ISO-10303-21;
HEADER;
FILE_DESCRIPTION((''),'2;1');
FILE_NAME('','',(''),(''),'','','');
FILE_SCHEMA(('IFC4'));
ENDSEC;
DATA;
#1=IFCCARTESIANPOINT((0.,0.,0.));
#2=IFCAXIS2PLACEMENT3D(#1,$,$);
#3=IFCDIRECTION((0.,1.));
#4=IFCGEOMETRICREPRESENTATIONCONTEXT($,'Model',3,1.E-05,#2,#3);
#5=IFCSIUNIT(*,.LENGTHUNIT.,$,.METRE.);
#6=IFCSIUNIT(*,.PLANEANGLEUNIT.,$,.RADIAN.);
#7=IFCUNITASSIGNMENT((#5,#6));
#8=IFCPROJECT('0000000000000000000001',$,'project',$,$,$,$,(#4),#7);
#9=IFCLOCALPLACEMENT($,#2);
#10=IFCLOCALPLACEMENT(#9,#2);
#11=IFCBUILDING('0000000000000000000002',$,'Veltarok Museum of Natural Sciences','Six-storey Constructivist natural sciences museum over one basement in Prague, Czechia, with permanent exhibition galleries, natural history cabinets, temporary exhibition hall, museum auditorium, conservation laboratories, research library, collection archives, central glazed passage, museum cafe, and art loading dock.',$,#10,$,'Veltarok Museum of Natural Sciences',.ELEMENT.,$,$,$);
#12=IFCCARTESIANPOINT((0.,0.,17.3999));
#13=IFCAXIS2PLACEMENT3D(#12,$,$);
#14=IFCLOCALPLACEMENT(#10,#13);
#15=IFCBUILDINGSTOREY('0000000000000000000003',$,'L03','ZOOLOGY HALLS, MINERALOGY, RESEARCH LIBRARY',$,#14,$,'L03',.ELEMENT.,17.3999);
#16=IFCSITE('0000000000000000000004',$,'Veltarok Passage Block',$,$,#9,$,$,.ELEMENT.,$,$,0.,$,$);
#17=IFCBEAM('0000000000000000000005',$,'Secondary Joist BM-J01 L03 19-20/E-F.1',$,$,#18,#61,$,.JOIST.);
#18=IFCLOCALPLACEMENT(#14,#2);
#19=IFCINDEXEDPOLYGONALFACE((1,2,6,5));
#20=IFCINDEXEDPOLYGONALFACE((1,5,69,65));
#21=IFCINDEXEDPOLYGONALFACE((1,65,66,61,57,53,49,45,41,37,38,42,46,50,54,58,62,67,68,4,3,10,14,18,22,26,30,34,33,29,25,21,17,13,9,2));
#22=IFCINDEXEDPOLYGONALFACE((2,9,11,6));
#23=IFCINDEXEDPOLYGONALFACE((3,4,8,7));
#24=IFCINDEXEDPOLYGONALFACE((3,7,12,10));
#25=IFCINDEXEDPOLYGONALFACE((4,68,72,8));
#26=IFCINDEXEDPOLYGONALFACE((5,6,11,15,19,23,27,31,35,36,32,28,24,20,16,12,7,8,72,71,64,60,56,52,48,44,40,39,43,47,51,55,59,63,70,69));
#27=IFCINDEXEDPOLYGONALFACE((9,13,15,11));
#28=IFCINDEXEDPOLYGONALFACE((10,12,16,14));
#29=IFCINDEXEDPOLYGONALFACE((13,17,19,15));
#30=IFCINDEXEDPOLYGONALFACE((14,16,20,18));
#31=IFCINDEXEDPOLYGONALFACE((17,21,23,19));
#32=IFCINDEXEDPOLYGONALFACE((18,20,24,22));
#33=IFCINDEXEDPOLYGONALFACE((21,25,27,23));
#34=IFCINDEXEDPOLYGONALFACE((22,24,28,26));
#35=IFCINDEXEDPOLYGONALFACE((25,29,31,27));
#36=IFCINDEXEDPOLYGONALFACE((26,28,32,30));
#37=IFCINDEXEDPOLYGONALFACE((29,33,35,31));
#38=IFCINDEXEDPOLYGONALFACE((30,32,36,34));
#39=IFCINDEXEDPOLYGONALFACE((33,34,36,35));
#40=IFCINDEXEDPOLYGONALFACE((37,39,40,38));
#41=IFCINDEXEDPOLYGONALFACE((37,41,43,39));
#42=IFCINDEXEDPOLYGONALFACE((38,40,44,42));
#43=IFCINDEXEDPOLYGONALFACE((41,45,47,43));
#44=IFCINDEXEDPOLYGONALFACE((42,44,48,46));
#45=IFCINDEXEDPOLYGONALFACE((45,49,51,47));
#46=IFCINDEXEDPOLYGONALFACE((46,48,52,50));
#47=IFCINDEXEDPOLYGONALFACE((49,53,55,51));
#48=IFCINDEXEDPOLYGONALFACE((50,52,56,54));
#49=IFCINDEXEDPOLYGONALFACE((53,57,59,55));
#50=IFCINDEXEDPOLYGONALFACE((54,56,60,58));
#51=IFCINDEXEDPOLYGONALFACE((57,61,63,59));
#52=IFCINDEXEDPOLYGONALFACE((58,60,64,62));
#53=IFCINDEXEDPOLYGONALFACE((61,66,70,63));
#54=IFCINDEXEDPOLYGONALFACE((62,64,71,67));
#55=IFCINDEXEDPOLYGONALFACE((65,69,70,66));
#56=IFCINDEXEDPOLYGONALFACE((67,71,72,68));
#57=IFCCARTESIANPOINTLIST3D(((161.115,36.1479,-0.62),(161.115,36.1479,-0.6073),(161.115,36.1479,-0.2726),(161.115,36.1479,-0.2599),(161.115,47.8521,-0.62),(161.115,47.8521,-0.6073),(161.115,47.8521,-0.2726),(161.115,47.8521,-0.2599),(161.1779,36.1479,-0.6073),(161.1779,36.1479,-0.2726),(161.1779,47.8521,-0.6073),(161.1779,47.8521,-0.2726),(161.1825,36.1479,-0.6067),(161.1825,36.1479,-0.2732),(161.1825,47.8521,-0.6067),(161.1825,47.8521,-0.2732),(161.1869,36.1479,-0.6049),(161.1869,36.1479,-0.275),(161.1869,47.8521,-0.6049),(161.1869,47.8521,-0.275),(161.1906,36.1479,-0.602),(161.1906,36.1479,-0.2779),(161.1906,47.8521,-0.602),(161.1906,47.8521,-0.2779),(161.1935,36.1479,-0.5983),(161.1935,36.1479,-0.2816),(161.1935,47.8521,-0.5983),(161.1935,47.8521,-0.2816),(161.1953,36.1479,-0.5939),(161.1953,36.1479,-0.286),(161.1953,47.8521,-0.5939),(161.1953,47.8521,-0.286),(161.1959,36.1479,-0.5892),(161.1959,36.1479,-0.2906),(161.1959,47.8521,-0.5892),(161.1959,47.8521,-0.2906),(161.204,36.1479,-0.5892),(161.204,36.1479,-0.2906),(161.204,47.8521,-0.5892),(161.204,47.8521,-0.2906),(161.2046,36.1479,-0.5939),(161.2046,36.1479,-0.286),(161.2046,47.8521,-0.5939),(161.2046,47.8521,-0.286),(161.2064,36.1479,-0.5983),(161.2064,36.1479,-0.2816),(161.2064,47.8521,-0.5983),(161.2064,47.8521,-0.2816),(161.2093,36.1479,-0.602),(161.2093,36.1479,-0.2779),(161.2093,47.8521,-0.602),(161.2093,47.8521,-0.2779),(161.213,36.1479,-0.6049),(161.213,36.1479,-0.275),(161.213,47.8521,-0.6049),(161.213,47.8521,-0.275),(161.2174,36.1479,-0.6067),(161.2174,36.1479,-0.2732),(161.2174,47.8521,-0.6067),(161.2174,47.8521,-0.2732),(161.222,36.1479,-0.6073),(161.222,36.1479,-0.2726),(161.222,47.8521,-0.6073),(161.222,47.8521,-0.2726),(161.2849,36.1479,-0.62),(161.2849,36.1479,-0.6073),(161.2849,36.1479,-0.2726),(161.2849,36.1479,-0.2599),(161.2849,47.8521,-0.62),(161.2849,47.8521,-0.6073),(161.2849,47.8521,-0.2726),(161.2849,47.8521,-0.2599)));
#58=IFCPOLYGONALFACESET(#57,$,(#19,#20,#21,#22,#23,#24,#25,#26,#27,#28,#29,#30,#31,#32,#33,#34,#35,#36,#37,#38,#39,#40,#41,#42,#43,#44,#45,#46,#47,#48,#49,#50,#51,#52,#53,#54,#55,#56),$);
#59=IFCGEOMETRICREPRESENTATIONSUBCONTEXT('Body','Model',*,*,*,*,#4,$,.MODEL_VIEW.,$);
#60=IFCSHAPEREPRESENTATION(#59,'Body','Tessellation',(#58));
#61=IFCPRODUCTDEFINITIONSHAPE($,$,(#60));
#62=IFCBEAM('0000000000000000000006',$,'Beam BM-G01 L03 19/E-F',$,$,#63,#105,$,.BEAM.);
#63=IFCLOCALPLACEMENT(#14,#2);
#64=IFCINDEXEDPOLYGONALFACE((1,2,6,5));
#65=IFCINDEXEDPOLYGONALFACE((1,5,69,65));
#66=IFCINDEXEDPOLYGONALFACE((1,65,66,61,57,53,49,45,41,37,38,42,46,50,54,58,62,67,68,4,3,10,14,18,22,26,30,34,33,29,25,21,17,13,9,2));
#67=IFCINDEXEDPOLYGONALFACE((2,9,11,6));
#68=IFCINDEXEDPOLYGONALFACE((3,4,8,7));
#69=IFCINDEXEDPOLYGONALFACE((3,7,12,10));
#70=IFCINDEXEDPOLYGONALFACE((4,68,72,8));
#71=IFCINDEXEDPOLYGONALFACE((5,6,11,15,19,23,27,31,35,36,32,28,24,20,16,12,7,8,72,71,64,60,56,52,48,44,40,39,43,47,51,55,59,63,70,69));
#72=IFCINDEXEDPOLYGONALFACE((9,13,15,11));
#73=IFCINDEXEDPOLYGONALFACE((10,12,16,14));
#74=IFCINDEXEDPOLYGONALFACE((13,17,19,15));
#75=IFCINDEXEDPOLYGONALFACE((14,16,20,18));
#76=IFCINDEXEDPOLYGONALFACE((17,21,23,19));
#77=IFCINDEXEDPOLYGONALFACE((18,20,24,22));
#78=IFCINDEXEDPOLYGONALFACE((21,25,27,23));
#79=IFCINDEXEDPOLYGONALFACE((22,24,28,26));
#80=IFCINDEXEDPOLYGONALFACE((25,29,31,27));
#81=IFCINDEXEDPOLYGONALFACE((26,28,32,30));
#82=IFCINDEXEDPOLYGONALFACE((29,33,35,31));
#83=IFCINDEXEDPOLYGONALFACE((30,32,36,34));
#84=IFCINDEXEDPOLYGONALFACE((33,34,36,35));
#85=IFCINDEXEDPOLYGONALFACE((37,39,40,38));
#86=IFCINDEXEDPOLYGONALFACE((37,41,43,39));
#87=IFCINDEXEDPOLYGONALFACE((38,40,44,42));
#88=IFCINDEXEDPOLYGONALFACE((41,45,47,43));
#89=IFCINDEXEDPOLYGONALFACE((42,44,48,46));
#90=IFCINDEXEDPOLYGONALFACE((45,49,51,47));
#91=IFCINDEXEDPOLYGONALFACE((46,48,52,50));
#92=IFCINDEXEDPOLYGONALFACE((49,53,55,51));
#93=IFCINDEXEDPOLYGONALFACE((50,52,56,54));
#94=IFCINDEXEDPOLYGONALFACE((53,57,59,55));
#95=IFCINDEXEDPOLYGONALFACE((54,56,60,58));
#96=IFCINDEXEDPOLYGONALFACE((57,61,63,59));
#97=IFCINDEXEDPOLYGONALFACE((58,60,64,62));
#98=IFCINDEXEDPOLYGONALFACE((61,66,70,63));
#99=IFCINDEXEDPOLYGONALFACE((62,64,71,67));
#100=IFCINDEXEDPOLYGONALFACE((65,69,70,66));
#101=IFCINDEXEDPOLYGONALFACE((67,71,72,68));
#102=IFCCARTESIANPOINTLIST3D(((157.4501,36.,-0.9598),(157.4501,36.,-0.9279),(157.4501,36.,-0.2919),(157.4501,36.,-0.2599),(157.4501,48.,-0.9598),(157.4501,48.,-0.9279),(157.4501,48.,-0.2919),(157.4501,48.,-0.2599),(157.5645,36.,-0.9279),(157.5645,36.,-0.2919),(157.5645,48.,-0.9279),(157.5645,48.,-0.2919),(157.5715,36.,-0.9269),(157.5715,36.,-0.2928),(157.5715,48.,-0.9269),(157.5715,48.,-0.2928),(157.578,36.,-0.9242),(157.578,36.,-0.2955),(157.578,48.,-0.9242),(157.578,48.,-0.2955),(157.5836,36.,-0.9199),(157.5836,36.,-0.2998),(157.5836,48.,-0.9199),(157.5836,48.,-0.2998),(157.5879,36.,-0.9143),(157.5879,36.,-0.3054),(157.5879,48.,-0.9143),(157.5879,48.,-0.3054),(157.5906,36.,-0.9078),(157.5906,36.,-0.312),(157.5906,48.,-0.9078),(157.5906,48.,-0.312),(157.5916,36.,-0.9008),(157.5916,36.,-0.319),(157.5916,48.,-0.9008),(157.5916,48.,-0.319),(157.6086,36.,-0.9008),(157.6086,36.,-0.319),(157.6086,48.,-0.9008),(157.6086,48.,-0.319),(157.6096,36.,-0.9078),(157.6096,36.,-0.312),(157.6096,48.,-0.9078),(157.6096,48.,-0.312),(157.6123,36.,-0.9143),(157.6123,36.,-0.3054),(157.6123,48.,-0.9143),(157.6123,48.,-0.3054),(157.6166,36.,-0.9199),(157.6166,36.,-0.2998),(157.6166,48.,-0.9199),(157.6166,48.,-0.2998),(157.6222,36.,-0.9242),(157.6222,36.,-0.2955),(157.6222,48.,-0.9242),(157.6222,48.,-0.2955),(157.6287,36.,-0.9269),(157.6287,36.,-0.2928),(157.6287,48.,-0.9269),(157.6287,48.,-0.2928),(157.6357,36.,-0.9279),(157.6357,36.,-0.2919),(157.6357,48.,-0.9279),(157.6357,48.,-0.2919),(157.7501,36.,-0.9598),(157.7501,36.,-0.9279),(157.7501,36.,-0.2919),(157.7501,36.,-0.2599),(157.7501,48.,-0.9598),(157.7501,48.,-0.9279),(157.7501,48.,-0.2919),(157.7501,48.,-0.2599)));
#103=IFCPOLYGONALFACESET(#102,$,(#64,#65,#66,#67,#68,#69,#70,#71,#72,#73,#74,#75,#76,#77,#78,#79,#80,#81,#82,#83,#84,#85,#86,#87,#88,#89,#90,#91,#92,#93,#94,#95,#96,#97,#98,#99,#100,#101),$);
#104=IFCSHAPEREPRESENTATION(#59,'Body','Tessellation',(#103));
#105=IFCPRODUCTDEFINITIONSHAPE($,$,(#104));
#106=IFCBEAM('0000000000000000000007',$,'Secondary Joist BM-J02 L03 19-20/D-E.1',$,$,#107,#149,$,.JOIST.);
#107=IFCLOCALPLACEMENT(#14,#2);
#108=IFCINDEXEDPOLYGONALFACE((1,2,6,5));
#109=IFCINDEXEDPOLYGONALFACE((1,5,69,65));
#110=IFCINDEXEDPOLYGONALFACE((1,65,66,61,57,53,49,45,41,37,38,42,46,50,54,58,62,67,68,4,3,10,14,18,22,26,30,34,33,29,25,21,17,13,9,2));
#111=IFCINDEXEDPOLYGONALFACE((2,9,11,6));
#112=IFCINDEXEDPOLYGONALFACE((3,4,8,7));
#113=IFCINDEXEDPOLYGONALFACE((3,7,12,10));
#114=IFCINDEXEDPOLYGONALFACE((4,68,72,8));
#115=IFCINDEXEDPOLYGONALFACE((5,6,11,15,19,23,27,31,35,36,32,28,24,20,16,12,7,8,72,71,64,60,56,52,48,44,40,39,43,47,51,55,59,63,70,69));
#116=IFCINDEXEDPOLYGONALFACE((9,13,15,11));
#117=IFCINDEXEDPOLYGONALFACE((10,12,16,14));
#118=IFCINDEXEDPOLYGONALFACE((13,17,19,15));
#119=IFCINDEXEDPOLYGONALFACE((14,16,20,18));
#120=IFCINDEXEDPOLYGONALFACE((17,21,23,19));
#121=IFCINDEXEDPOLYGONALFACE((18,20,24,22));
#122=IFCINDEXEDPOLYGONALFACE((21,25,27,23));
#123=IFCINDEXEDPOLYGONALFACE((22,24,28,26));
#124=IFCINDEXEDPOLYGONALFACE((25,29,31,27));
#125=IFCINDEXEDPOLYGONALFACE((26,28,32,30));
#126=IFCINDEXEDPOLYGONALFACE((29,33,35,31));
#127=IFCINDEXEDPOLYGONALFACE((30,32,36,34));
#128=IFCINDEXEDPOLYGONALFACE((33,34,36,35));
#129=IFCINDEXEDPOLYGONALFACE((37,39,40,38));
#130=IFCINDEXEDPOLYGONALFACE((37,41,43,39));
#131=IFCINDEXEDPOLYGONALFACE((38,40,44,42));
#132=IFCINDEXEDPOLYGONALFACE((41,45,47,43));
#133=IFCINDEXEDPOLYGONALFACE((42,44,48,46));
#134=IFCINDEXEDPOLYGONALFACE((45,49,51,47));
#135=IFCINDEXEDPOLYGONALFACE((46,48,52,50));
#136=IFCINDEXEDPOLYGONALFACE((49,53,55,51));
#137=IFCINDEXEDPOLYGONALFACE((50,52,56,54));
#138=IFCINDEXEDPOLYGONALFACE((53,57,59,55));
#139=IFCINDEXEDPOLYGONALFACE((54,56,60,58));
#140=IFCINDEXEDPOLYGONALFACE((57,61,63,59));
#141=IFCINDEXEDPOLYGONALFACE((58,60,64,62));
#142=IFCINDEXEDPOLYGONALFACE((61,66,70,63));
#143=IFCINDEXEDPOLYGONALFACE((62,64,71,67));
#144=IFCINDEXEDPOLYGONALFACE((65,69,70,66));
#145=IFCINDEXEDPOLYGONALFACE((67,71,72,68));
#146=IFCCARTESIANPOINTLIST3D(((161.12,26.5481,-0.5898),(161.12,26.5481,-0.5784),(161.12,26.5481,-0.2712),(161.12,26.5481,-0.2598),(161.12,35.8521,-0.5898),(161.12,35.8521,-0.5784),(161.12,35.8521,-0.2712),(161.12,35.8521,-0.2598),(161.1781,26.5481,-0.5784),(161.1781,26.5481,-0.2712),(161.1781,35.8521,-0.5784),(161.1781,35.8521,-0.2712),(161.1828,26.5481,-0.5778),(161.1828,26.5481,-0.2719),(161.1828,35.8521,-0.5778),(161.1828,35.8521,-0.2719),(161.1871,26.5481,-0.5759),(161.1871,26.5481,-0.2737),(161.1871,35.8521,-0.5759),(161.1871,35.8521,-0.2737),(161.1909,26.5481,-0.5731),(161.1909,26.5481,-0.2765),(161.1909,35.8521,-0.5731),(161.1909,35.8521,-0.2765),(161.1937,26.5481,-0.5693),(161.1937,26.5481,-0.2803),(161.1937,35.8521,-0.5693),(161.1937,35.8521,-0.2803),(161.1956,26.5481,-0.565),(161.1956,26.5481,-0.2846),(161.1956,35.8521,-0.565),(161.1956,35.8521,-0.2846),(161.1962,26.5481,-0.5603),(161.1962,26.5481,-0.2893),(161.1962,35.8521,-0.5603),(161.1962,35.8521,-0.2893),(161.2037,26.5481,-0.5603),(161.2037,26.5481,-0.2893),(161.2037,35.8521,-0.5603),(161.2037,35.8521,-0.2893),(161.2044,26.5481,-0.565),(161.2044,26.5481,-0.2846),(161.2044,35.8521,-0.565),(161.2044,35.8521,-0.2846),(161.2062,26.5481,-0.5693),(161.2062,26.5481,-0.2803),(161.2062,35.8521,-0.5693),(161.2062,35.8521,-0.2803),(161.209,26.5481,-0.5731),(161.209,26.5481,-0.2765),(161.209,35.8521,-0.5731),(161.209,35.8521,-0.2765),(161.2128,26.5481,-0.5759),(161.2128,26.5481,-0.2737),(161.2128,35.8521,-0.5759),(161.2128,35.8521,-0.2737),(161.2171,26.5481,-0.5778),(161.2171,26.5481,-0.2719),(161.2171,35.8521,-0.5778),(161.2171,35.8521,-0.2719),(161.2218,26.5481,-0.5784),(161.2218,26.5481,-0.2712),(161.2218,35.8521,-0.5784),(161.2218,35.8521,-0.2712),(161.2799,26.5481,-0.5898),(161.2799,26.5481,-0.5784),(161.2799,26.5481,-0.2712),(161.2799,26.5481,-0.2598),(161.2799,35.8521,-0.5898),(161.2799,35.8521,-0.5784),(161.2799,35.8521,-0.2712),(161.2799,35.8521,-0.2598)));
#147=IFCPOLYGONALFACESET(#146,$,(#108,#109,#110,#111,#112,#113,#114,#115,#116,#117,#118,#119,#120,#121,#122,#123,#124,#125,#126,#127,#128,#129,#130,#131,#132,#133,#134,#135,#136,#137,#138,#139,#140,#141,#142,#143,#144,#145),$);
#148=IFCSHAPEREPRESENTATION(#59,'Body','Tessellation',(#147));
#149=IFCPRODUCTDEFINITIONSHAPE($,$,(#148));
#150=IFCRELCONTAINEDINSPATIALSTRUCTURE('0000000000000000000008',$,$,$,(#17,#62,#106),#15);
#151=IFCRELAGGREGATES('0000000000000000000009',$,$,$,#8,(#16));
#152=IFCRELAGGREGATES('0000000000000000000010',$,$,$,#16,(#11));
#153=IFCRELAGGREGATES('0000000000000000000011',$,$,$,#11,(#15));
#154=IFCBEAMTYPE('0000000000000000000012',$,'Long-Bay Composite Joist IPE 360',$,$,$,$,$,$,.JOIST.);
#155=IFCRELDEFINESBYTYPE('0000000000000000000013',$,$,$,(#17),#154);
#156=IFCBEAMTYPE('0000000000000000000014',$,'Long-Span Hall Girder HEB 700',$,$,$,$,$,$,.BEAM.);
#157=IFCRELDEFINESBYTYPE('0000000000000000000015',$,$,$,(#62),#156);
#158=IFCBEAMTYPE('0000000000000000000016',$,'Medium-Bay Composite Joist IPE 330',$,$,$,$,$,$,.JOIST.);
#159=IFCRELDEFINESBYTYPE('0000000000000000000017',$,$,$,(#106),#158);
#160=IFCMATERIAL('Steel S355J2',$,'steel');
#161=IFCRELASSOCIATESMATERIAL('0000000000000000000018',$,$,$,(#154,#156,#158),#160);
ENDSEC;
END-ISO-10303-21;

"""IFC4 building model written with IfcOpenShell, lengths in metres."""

from ifc_helpers import new_model, si_unit, direction, frame, origin, origin_2d, place, context, subcontext, project, spatial, i_section, extrude, material, material_profile, profile_set, type_object, element, save


model = new_model("IFC4")

# Units and contexts
model_context = context("Model", 3, precision=1e-05, world=origin(), true_north=direction((0.0, 1.0)))
body_context = subcontext(model_context, "Body", "Model", "MODEL_VIEW")
ifc_project = project(units=[si_unit("LENGTHUNIT", "METRE"), si_unit("PLANEANGLEUNIT", "RADIAN")], contexts=[model_context])

# Site, building, storey
site_placement = place(None, origin())
site = spatial("IfcSite", under=ifc_project, at=site_placement, Name="Veltarok Passage Block", CompositionType="ELEMENT", RefElevation=0.0)
building_placement = place(site_placement, origin())
building = spatial("IfcBuilding", under=site, at=building_placement, Name="Veltarok Museum of Natural Sciences", Description="Six-storey Constructivist natural sciences museum over one basement in Prague, Czechia, with permanent exhibition galleries, natural history cabinets, temporary exhibition hall, museum auditorium, conservation laboratories, research library, collection archives, central glazed passage, museum cafe, and art loading dock.", LongName="Veltarok Museum of Natural Sciences", CompositionType="ELEMENT")
storey_placement = place(building_placement, frame((0.0, 0.0, 17.3999)))
storey = spatial("IfcBuildingStorey", under=building, at=storey_placement, Name="L03", Description="ZOOLOGY HALLS, MINERALOGY, RESEARCH LIBRARY", LongName="L03", CompositionType="ELEMENT", Elevation=17.3999)

# Shared definitions
ifc_material_1 = material(Name="Steel S355J2", Category="steel")

# Beams
ifc_material_profile_1 = material_profile(ifc_material_1, i_section(OverallWidth=0.1699, OverallDepth=0.3601, WebThickness=0.0081, FlangeThickness=0.0127, FilletRadius=0.0181, at=origin_2d()), Name="IPE 360")
ifc_profile_set_1 = profile_set([ifc_material_profile_1], Name="Steel S355J2")
beam_type_1 = type_object("IfcBeamType", Name="Long-Bay Composite Joist IPE 360", PredefinedType="JOIST", material=ifc_profile_set_1)
beam_1_placement = place(storey_placement, frame((161.2, 36.1479, -0.4399), z_axis=(0.0, 1.0, 0.0), x_axis=(-1.0, 0.0, 0.0)))
element("IfcBeam", 1, at=beam_1_placement, inside=storey, type_object=beam_type_1, Name="Secondary Joist BM-J01 L03 19-20/E-F.1", PredefinedType="JOIST", context=body_context, shape_type="SweptSolid", body=[
    extrude(i_section(OverallWidth=0.1699, OverallDepth=0.3601, WebThickness=0.0081, FlangeThickness=0.0127, FilletRadius=0.0181, at=origin_2d()), origin(), (0.0, 0.0, 1.0), 11.7041),
])
ifc_material_profile_2 = material_profile(ifc_material_1, i_section(OverallWidth=0.3, OverallDepth=0.7, WebThickness=0.0171, FlangeThickness=0.032, FilletRadius=0.0271, at=origin_2d()), Name="HEB 700")
ifc_profile_set_2 = profile_set([ifc_material_profile_2], Name="Steel S355J2")
beam_type_2 = type_object("IfcBeamType", Name="Long-Span Hall Girder HEB 700", PredefinedType="BEAM", material=ifc_profile_set_2)
beam_2_placement = place(storey_placement, frame((157.6001, 36.0, -0.6099), z_axis=(0.0, 1.0, 0.0), x_axis=(-1.0, 0.0, 0.0)))
element("IfcBeam", 2, at=beam_2_placement, inside=storey, type_object=beam_type_2, Name="Beam BM-G01 L03 19/E-F", PredefinedType="BEAM", context=body_context, shape_type="SweptSolid", body=[
    extrude(i_section(OverallWidth=0.3, OverallDepth=0.7, WebThickness=0.0171, FlangeThickness=0.032, FilletRadius=0.0271, at=origin_2d()), origin(), (0.0, 0.0, 1.0), 12.0),
])
ifc_material_profile_3 = material_profile(ifc_material_1, i_section(OverallWidth=0.1599, OverallDepth=0.3301, WebThickness=0.0076, FlangeThickness=0.0115, FilletRadius=0.0181, at=origin_2d()), Name="IPE 330")
ifc_profile_set_3 = profile_set([ifc_material_profile_3], Name="Steel S355J2")
beam_type_3 = type_object("IfcBeamType", Name="Medium-Bay Composite Joist IPE 330", PredefinedType="JOIST", material=ifc_profile_set_3)
beam_3_placement = place(storey_placement, frame((161.2, 26.5481, -0.4248), z_axis=(0.0, 1.0, 0.0), x_axis=(-1.0, 0.0, 0.0)))
element("IfcBeam", 3, at=beam_3_placement, inside=storey, type_object=beam_type_3, Name="Secondary Joist BM-J02 L03 19-20/D-E.1", PredefinedType="JOIST", context=body_context, shape_type="SweptSolid", body=[
    extrude(i_section(OverallWidth=0.1599, OverallDepth=0.3301, WebThickness=0.0076, FlangeThickness=0.0115, FilletRadius=0.0181, at=origin_2d()), origin(), (0.0, 0.0, 1.0), 9.304),
])

save(model, "model.ifc")
